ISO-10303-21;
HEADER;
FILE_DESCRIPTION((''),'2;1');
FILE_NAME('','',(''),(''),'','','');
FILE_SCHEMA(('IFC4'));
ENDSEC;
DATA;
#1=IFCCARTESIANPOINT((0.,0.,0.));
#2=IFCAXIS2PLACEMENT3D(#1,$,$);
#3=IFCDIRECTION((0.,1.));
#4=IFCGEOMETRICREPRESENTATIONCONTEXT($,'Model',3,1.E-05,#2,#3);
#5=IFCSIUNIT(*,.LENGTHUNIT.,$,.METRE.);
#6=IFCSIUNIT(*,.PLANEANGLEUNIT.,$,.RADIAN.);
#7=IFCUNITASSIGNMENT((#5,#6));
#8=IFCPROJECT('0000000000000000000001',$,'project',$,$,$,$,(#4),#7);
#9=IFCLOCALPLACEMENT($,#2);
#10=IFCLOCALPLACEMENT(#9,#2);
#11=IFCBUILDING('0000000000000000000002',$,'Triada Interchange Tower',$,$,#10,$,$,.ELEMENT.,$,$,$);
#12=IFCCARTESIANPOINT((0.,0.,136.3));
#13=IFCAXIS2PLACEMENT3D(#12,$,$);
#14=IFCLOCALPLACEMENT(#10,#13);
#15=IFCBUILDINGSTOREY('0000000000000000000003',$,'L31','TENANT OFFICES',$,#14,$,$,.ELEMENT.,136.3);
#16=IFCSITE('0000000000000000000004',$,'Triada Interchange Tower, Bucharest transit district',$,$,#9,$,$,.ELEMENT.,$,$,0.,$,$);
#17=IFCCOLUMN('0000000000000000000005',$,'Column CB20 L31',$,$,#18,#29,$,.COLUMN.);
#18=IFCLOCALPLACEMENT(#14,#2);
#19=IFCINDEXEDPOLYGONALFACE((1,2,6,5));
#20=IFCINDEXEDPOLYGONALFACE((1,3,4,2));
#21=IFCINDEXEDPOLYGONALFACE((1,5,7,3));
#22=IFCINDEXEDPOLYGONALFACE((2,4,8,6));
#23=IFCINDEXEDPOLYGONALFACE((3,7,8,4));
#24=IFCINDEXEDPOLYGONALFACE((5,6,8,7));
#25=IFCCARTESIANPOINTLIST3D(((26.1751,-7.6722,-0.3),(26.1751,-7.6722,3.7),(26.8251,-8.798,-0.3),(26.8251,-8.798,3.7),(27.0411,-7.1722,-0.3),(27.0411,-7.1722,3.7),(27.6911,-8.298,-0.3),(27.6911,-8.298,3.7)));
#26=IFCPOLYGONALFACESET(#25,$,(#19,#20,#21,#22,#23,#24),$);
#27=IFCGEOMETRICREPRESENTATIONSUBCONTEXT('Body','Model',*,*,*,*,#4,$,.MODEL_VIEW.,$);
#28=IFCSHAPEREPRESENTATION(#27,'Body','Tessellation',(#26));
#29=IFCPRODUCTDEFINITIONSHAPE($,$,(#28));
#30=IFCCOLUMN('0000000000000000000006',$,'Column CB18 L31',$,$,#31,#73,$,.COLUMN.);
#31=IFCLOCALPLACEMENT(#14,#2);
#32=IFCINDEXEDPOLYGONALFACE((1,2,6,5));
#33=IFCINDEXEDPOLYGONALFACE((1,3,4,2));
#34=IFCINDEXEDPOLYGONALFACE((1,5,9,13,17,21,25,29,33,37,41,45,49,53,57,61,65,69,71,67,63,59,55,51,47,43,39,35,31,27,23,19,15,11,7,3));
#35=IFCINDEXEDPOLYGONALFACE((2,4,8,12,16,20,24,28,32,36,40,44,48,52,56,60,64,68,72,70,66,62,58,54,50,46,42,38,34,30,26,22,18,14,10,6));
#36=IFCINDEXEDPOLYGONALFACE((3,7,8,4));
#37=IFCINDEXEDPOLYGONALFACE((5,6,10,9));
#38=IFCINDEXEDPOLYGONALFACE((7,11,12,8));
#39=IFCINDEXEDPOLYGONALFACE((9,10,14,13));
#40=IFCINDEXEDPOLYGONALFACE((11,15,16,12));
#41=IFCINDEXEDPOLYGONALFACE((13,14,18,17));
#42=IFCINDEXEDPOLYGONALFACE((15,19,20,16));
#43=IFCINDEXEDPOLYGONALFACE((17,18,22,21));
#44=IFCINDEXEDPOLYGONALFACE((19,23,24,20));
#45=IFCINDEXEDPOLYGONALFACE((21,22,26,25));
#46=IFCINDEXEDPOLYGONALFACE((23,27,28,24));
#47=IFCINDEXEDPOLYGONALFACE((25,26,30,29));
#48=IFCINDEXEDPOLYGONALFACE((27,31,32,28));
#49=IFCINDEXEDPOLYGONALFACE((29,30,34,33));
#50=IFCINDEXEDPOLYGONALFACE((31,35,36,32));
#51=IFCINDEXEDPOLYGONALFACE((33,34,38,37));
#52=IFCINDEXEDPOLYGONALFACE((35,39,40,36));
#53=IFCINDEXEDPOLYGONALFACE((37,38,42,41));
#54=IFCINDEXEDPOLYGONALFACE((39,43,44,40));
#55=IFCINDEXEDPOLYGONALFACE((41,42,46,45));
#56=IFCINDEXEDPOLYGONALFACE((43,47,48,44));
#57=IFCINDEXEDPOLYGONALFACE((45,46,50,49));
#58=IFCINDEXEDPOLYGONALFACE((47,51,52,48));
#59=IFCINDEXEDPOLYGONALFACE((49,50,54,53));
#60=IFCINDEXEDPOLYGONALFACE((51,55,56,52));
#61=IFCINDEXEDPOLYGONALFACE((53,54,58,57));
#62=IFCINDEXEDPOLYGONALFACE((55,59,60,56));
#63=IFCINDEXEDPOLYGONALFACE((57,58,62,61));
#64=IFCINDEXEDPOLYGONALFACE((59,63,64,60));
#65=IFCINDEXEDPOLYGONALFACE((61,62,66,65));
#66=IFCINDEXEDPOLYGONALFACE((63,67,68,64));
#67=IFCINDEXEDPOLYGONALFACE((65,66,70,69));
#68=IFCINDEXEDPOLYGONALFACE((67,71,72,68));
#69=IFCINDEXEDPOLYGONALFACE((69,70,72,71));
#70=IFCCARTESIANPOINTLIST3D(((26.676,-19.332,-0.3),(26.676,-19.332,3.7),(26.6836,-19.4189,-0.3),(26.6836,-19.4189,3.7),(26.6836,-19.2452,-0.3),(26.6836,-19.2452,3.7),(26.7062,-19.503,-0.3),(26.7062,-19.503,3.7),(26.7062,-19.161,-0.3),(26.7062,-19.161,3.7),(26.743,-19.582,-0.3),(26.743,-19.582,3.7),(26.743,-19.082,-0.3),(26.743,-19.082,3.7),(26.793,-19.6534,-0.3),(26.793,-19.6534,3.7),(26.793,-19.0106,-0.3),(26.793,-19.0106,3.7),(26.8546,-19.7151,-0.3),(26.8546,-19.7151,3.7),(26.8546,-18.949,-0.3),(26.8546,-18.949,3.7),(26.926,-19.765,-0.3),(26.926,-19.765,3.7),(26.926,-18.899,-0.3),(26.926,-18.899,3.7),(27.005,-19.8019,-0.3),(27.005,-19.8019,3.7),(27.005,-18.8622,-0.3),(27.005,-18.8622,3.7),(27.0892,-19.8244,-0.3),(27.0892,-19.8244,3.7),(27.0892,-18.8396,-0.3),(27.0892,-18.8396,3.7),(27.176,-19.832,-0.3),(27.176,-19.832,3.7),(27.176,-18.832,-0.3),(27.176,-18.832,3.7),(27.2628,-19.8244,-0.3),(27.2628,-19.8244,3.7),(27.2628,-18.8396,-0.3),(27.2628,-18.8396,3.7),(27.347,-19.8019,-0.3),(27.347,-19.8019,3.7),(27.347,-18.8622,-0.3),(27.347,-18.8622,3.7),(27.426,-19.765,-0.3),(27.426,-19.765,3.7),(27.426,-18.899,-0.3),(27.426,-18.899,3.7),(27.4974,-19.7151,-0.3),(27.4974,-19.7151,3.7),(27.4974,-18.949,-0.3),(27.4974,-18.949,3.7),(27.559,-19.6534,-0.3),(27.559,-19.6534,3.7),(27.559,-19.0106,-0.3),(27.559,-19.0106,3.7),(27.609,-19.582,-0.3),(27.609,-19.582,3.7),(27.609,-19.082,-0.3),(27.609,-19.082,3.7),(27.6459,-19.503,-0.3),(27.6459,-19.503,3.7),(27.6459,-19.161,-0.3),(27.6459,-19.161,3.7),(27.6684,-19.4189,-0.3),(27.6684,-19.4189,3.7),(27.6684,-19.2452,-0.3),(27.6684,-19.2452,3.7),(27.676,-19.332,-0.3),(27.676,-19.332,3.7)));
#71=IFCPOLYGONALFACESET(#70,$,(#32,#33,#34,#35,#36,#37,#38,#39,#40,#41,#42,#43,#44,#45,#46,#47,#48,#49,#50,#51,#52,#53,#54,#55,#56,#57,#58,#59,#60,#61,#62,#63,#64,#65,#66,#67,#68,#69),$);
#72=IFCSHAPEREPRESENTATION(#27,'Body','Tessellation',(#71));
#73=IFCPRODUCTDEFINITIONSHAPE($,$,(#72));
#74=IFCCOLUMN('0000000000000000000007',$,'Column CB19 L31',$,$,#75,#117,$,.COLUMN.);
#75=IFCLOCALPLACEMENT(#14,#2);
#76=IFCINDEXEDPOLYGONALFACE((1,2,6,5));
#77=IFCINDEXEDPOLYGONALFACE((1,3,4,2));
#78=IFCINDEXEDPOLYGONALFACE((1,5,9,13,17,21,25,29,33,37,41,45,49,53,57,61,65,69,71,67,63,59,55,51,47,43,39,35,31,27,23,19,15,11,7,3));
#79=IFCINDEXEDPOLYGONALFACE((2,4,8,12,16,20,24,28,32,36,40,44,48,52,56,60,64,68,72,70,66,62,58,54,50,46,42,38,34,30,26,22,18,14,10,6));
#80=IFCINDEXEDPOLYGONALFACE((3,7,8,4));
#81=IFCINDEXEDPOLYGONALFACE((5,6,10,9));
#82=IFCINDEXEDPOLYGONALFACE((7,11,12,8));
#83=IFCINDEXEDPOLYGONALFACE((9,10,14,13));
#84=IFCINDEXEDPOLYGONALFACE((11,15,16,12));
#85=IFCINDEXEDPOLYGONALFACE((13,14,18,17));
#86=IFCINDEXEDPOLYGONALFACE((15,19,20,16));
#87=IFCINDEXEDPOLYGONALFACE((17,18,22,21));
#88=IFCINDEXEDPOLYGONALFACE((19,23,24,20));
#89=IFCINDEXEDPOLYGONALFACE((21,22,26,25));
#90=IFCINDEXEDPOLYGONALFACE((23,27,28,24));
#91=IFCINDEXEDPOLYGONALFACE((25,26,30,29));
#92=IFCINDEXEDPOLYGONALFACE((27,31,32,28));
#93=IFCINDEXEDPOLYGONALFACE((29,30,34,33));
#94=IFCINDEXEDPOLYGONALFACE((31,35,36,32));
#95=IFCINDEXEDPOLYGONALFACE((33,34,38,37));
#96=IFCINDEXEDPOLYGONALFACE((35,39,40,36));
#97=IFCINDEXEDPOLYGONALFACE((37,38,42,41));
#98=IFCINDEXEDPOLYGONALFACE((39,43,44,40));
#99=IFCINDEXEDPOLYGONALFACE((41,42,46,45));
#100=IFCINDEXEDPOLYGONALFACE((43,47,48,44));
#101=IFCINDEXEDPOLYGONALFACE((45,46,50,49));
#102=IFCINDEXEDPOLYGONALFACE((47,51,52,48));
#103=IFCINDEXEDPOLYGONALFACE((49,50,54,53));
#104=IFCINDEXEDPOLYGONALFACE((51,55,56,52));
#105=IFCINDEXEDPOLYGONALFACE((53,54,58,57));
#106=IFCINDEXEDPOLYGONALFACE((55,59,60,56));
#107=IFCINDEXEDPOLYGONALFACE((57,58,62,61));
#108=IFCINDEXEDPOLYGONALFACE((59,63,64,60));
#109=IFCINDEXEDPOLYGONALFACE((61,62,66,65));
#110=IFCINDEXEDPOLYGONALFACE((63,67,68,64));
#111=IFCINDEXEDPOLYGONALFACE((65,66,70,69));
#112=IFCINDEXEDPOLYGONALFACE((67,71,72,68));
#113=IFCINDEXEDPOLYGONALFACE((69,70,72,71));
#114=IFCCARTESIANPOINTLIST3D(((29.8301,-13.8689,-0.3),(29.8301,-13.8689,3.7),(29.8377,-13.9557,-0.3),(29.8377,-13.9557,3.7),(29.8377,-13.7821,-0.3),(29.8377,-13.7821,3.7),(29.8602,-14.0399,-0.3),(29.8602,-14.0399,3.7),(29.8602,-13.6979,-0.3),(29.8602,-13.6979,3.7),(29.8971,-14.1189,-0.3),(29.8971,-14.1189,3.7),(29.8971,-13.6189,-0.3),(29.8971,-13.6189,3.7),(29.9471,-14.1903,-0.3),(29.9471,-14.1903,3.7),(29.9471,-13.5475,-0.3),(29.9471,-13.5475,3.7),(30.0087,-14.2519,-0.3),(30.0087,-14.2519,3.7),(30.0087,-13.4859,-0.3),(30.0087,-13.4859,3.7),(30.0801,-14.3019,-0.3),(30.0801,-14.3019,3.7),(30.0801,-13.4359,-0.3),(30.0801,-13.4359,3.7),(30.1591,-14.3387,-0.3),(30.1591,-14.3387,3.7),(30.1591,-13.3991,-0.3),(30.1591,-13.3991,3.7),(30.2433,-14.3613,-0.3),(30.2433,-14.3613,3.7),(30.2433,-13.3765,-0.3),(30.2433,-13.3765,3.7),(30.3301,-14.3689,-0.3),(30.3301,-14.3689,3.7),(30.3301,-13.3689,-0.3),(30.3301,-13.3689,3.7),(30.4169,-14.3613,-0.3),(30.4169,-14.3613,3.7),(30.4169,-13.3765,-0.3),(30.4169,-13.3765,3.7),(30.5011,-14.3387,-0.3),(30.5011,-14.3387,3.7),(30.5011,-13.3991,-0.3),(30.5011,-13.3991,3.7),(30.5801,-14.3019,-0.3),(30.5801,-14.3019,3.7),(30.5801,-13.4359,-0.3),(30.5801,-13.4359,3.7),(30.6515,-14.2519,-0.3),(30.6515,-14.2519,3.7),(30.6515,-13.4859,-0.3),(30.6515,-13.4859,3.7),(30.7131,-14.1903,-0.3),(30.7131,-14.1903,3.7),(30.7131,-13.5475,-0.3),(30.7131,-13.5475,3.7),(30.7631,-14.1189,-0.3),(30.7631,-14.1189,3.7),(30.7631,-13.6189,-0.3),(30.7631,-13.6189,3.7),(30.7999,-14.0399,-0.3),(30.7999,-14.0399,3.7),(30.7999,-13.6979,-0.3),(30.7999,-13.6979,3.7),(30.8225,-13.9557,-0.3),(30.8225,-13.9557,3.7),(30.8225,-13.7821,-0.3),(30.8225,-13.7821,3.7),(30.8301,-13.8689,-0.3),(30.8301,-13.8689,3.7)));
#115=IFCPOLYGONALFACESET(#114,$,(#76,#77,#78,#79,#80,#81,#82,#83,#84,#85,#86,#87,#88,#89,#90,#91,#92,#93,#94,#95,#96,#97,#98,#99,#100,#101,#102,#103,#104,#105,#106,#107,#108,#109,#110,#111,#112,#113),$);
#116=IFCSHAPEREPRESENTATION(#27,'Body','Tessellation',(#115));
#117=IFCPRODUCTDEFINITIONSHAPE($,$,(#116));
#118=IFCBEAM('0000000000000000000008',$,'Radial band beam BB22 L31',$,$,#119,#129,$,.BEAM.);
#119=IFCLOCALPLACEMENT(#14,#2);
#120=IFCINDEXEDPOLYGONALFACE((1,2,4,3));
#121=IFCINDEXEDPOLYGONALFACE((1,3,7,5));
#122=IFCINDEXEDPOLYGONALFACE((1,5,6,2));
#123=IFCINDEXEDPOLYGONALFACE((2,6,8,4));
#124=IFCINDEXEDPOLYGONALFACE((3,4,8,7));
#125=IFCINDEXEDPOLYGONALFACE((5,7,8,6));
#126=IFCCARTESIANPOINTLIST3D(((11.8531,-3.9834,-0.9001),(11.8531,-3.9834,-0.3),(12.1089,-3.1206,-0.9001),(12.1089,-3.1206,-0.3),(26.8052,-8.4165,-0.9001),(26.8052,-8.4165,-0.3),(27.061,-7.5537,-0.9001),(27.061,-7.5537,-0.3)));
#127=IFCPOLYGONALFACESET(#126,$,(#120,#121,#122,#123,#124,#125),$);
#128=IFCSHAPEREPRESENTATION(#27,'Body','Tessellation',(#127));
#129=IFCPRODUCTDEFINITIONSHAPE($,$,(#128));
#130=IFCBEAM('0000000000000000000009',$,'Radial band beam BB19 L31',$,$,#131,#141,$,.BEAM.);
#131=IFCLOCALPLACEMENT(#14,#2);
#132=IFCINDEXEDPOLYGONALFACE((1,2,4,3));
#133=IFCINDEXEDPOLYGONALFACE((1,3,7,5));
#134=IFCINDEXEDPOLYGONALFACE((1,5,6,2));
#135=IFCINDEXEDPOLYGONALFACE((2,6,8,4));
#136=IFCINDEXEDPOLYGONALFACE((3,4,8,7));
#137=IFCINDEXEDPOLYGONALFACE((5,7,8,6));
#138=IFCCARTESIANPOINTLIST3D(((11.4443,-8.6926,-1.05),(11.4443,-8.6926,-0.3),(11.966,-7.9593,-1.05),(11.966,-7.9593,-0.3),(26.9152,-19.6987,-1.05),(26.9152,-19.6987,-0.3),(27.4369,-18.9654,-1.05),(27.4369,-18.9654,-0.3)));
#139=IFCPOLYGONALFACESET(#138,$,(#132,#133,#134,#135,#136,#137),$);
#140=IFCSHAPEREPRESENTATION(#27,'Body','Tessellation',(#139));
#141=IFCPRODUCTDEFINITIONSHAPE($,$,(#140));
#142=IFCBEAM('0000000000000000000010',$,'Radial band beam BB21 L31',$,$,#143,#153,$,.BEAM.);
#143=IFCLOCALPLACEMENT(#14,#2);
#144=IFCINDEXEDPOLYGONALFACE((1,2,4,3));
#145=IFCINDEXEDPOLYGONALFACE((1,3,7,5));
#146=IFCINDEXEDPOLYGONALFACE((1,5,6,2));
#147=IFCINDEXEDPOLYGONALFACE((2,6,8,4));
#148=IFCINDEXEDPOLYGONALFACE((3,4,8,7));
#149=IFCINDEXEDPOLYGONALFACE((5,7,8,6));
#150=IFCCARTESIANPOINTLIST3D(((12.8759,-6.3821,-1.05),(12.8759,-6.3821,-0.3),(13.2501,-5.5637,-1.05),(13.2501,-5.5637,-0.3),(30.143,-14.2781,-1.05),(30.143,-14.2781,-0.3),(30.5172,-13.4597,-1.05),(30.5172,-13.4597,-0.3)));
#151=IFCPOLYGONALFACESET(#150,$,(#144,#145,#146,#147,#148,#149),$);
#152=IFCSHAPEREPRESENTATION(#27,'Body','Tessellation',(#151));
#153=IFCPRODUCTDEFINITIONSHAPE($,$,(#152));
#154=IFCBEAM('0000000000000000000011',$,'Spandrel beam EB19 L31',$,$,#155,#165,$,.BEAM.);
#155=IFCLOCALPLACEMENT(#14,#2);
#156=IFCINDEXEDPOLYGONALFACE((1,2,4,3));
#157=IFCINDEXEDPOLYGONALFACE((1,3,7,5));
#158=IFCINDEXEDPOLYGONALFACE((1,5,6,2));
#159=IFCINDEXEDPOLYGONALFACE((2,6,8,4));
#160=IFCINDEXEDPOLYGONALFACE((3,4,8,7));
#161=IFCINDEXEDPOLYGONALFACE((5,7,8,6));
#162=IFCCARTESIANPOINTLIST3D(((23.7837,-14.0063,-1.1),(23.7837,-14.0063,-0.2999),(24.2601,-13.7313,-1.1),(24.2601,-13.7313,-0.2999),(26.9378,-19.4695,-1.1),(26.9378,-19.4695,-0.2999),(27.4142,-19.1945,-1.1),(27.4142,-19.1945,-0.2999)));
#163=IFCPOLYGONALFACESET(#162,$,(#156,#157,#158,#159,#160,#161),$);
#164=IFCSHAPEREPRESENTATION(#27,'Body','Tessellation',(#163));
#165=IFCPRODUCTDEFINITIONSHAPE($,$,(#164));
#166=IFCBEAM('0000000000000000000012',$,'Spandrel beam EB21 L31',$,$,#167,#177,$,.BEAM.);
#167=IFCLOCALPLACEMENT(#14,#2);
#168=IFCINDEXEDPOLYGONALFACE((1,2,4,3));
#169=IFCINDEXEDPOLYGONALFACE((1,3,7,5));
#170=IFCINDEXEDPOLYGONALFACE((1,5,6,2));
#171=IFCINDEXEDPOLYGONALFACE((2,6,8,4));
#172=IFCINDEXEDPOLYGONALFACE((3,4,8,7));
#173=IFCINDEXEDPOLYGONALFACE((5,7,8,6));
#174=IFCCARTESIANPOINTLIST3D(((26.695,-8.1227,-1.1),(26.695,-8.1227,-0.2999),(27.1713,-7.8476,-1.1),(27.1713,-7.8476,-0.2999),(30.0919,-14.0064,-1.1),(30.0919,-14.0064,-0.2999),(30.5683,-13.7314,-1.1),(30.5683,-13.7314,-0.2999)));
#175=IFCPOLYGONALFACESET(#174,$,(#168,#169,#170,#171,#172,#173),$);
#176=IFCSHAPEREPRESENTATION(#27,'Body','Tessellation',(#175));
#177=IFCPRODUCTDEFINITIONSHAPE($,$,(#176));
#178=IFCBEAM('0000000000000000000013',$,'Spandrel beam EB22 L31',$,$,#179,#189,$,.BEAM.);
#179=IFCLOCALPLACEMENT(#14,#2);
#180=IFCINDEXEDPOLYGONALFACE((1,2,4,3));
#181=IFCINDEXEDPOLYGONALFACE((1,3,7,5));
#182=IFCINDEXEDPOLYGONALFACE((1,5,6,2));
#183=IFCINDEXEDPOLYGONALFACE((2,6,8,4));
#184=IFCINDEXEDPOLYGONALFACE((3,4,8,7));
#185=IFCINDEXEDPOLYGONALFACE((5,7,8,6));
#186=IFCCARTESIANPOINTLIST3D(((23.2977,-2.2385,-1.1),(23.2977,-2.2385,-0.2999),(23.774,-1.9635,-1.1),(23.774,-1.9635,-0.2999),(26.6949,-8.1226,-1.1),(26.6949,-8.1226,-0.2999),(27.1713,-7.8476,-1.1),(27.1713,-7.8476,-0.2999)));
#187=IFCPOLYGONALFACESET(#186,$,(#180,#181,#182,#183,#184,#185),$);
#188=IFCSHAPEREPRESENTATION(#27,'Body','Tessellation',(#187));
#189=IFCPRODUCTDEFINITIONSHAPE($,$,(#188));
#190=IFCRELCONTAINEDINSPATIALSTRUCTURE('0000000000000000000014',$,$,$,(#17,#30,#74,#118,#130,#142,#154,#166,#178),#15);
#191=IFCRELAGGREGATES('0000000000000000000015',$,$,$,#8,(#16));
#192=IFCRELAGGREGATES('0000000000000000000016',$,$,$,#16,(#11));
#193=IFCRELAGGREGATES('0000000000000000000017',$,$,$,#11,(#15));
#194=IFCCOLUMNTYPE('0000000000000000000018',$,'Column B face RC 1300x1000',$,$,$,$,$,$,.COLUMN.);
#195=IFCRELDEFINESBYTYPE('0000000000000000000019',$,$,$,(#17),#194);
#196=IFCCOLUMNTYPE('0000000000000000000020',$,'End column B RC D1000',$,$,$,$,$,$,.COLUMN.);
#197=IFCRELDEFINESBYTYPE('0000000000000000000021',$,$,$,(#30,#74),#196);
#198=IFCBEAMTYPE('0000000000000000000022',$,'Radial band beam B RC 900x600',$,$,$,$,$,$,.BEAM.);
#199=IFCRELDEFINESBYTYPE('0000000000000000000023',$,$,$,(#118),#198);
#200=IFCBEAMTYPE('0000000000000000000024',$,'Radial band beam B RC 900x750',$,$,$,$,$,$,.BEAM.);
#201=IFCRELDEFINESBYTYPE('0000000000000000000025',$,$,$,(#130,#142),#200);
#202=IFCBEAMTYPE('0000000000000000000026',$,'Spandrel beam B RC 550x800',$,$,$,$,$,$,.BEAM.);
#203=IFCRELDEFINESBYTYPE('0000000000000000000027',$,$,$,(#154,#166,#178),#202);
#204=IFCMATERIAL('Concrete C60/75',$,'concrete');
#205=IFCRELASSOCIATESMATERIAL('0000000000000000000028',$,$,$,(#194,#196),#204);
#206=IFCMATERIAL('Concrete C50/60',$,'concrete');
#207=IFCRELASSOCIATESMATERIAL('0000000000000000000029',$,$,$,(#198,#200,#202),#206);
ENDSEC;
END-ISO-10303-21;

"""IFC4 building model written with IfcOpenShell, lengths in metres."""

from ifc_helpers import new_model, si_unit, direction, frame, origin, origin_2d, place, context, subcontext, project, spatial, rectangle, circle, extrude, material, material_profile, profile_set, type_object, element, save


model = new_model("IFC4")

# Units and contexts
model_context = context("Model", 3, precision=1e-05, world=origin(), true_north=direction((0.0, 1.0)))
body_context = subcontext(model_context, "Body", "Model", "MODEL_VIEW")
ifc_project = project(units=[si_unit("LENGTHUNIT", "METRE"), si_unit("PLANEANGLEUNIT", "RADIAN")], contexts=[model_context])

# Site, building, storey
site_placement = place(None, origin())
site = spatial("IfcSite", under=ifc_project, at=site_placement, Name="Triada Interchange Tower, Bucharest transit district", CompositionType="ELEMENT", RefElevation=0.0)
building_placement = place(site_placement, origin())
building = spatial("IfcBuilding", under=site, at=building_placement, Name="Triada Interchange Tower", CompositionType="ELEMENT")
storey_placement = place(building_placement, frame((0.0, 0.0, 136.3)))
storey = spatial("IfcBuildingStorey", under=building, at=storey_placement, Name="L31", Description="TENANT OFFICES", CompositionType="ELEMENT", Elevation=136.3)

# Columns
ifc_material_1 = material(Name="Concrete C60/75", Category="concrete")
ifc_material_profile_1 = material_profile(ifc_material_1, rectangle(XDim=1.3, YDim=1.0, at=origin_2d()), Name="RC 1300x1000")
ifc_profile_set_1 = profile_set([ifc_material_profile_1], Name="Concrete C60/75")
column_type_1 = type_object("IfcColumnType", Name="Column B face RC 1300x1000", PredefinedType="COLUMN", material=ifc_profile_set_1)
column_placement = place(storey_placement, frame((26.9331, -7.9851, -0.3), z_axis=(0.0, 0.0, 1.0), x_axis=(-0.5, 0.866025, 0.0)))
element("IfcColumn", 1, at=column_placement, inside=storey, type_object=column_type_1, Name="Column CB20 L31", PredefinedType="COLUMN", context=body_context, shape_type="SweptSolid", body=[
    extrude(rectangle(XDim=1.3, YDim=1.0, at=origin_2d()), origin(), (0.0, 0.0, 1.0), 4.0),
])
ifc_material_profile_2 = material_profile(ifc_material_1, circle(Radius=0.5, at=origin_2d()), Name="RC D1000")
ifc_profile_set_2 = profile_set([ifc_material_profile_2], Name="Concrete C60/75")
column_type_2 = type_object("IfcColumnType", Name="End column B RC D1000", PredefinedType="COLUMN", material=ifc_profile_set_2)
for number, where, z_axis, x_axis, name in (
    (2, (27.176, -19.332, -0.3), (0.0, 0.0, 1.0), (1.0, 0.0, 0.0), "Column CB18 L31"),
    (3, (30.3301, -13.8689, -0.3), (0.0, 0.0, 1.0), (-0.5, 0.866025, 0.0), "Column CB19 L31"),
):
    element("IfcColumn", number, at=place(storey_placement, frame(where, z_axis=z_axis, x_axis=x_axis)), inside=storey, type_object=column_type_2, Name=name, PredefinedType="COLUMN", context=body_context, shape_type="SweptSolid", body=[
        extrude(circle(Radius=0.5, at=origin_2d()), origin(), (0.0, 0.0, 1.0), 4.0),
    ])

# Beams
ifc_material_2 = material(Name="Concrete C50/60", Category="concrete")
ifc_material_profile_3 = material_profile(ifc_material_2, rectangle(XDim=0.8999, YDim=0.6001, at=origin_2d()), Name="RC 900x600")
ifc_profile_set_3 = profile_set([ifc_material_profile_3], Name="Concrete C50/60")
beam_type_1 = type_object("IfcBeamType", Name="Radial band beam B RC 900x600", PredefinedType="BEAM", material=ifc_profile_set_3)
beam_1_placement = place(storey_placement, frame((26.9331, -7.9851, -0.6001), z_axis=(-0.958749, 0.284256, 0.0), x_axis=(-0.284256, -0.958749, 0.0)))
element("IfcBeam", 4, at=beam_1_placement, inside=storey, type_object=beam_type_1, Name="Radial band beam BB22 L31", PredefinedType="BEAM", context=body_context, shape_type="SweptSolid", body=[
    extrude(rectangle(XDim=0.8999, YDim=0.6001, at=origin_2d()), origin(), (0.0, 0.0, 1.0), 15.5955),
])
ifc_material_profile_4 = material_profile(ifc_material_2, rectangle(XDim=0.8999, YDim=0.75, at=origin_2d()), Name="RC 900x750")
ifc_profile_set_4 = profile_set([ifc_material_profile_4], Name="Concrete C50/60")
beam_type_2 = type_object("IfcBeamType", Name="Radial band beam B RC 900x750", PredefinedType="BEAM", material=ifc_profile_set_4)
beam_2_placement = place(storey_placement, frame((27.176, -19.332, -0.675), z_axis=(-0.814842, 0.579683, 0.0), x_axis=(-0.579683, -0.814842, 0.0)))
element("IfcBeam", 5, at=beam_2_placement, inside=storey, type_object=beam_type_2, Name="Radial band beam BB19 L31", PredefinedType="BEAM", context=body_context, shape_type="SweptSolid", body=[
    extrude(rectangle(XDim=0.8999, YDim=0.75, at=origin_2d()), origin(), (0.0, 0.0, 1.0), 18.9863),
])
beam_3_placement = place(storey_placement, frame((30.3301, -13.8689, -0.675), z_axis=(-0.909425, 0.415867, 0.0), x_axis=(-0.415867, -0.909425, 0.0)))
element("IfcBeam", 6, at=beam_3_placement, inside=storey, type_object=beam_type_2, Name="Radial band beam BB21 L31", PredefinedType="BEAM", context=body_context, shape_type="SweptSolid", body=[
    extrude(rectangle(XDim=0.8999, YDim=0.75, at=origin_2d()), origin(), (0.0, 0.0, 1.0), 18.9868),
])
ifc_material_profile_5 = material_profile(ifc_material_2, rectangle(XDim=0.55, YDim=0.8, at=origin_2d()), Name="RC 550x800")
ifc_profile_set_5 = profile_set([ifc_material_profile_5], Name="Concrete C50/60")
beam_type_3 = type_object("IfcBeamType", Name="Spandrel beam B RC 550x800", PredefinedType="BEAM", material=ifc_profile_set_5)
beam_4_placement = place(storey_placement, frame((27.176, -19.332, -0.7), z_axis=(-0.499989, 0.866032, 0.0), x_axis=(-0.866032, -0.499989, 0.0)))
element("IfcBeam", 7, at=beam_4_placement, inside=storey, type_object=beam_type_3, Name="Spandrel beam EB19 L31", PredefinedType="BEAM", context=body_context, shape_type="SweptSolid", body=[
    extrude(rectangle(XDim=0.55, YDim=0.8, at=origin_2d()), origin(), (0.0, 0.0, 1.0), 6.3083),
])
beam_5_placement = place(storey_placement, frame((30.3301, -13.8689, -0.7), z_axis=(-0.499996, 0.866028, 0.0), x_axis=(-0.866028, -0.499996, 0.0)))
element("IfcBeam", 8, at=beam_5_placement, inside=storey, type_object=beam_type_3, Name="Spandrel beam EB21 L31", PredefinedType="BEAM", context=body_context, shape_type="SweptSolid", body=[
    extrude(rectangle(XDim=0.55, YDim=0.8, at=origin_2d()), origin(), (0.0, 0.0, 1.0), 6.7939),
])
beam_6_placement = place(storey_placement, frame((26.9331, -7.9851, -0.7), z_axis=(-0.500008, 0.866021, 0.0), x_axis=(-0.866021, -0.500008, 0.0)))
element("IfcBeam", 9, at=beam_6_placement, inside=storey, type_object=beam_type_3, Name="Spandrel beam EB22 L31", PredefinedType="BEAM", context=body_context, shape_type="SweptSolid", body=[
    extrude(rectangle(XDim=0.55, YDim=0.8, at=origin_2d()), origin(), (0.0, 0.0, 1.0), 6.7944),
])

save(model, "model.ifc")
